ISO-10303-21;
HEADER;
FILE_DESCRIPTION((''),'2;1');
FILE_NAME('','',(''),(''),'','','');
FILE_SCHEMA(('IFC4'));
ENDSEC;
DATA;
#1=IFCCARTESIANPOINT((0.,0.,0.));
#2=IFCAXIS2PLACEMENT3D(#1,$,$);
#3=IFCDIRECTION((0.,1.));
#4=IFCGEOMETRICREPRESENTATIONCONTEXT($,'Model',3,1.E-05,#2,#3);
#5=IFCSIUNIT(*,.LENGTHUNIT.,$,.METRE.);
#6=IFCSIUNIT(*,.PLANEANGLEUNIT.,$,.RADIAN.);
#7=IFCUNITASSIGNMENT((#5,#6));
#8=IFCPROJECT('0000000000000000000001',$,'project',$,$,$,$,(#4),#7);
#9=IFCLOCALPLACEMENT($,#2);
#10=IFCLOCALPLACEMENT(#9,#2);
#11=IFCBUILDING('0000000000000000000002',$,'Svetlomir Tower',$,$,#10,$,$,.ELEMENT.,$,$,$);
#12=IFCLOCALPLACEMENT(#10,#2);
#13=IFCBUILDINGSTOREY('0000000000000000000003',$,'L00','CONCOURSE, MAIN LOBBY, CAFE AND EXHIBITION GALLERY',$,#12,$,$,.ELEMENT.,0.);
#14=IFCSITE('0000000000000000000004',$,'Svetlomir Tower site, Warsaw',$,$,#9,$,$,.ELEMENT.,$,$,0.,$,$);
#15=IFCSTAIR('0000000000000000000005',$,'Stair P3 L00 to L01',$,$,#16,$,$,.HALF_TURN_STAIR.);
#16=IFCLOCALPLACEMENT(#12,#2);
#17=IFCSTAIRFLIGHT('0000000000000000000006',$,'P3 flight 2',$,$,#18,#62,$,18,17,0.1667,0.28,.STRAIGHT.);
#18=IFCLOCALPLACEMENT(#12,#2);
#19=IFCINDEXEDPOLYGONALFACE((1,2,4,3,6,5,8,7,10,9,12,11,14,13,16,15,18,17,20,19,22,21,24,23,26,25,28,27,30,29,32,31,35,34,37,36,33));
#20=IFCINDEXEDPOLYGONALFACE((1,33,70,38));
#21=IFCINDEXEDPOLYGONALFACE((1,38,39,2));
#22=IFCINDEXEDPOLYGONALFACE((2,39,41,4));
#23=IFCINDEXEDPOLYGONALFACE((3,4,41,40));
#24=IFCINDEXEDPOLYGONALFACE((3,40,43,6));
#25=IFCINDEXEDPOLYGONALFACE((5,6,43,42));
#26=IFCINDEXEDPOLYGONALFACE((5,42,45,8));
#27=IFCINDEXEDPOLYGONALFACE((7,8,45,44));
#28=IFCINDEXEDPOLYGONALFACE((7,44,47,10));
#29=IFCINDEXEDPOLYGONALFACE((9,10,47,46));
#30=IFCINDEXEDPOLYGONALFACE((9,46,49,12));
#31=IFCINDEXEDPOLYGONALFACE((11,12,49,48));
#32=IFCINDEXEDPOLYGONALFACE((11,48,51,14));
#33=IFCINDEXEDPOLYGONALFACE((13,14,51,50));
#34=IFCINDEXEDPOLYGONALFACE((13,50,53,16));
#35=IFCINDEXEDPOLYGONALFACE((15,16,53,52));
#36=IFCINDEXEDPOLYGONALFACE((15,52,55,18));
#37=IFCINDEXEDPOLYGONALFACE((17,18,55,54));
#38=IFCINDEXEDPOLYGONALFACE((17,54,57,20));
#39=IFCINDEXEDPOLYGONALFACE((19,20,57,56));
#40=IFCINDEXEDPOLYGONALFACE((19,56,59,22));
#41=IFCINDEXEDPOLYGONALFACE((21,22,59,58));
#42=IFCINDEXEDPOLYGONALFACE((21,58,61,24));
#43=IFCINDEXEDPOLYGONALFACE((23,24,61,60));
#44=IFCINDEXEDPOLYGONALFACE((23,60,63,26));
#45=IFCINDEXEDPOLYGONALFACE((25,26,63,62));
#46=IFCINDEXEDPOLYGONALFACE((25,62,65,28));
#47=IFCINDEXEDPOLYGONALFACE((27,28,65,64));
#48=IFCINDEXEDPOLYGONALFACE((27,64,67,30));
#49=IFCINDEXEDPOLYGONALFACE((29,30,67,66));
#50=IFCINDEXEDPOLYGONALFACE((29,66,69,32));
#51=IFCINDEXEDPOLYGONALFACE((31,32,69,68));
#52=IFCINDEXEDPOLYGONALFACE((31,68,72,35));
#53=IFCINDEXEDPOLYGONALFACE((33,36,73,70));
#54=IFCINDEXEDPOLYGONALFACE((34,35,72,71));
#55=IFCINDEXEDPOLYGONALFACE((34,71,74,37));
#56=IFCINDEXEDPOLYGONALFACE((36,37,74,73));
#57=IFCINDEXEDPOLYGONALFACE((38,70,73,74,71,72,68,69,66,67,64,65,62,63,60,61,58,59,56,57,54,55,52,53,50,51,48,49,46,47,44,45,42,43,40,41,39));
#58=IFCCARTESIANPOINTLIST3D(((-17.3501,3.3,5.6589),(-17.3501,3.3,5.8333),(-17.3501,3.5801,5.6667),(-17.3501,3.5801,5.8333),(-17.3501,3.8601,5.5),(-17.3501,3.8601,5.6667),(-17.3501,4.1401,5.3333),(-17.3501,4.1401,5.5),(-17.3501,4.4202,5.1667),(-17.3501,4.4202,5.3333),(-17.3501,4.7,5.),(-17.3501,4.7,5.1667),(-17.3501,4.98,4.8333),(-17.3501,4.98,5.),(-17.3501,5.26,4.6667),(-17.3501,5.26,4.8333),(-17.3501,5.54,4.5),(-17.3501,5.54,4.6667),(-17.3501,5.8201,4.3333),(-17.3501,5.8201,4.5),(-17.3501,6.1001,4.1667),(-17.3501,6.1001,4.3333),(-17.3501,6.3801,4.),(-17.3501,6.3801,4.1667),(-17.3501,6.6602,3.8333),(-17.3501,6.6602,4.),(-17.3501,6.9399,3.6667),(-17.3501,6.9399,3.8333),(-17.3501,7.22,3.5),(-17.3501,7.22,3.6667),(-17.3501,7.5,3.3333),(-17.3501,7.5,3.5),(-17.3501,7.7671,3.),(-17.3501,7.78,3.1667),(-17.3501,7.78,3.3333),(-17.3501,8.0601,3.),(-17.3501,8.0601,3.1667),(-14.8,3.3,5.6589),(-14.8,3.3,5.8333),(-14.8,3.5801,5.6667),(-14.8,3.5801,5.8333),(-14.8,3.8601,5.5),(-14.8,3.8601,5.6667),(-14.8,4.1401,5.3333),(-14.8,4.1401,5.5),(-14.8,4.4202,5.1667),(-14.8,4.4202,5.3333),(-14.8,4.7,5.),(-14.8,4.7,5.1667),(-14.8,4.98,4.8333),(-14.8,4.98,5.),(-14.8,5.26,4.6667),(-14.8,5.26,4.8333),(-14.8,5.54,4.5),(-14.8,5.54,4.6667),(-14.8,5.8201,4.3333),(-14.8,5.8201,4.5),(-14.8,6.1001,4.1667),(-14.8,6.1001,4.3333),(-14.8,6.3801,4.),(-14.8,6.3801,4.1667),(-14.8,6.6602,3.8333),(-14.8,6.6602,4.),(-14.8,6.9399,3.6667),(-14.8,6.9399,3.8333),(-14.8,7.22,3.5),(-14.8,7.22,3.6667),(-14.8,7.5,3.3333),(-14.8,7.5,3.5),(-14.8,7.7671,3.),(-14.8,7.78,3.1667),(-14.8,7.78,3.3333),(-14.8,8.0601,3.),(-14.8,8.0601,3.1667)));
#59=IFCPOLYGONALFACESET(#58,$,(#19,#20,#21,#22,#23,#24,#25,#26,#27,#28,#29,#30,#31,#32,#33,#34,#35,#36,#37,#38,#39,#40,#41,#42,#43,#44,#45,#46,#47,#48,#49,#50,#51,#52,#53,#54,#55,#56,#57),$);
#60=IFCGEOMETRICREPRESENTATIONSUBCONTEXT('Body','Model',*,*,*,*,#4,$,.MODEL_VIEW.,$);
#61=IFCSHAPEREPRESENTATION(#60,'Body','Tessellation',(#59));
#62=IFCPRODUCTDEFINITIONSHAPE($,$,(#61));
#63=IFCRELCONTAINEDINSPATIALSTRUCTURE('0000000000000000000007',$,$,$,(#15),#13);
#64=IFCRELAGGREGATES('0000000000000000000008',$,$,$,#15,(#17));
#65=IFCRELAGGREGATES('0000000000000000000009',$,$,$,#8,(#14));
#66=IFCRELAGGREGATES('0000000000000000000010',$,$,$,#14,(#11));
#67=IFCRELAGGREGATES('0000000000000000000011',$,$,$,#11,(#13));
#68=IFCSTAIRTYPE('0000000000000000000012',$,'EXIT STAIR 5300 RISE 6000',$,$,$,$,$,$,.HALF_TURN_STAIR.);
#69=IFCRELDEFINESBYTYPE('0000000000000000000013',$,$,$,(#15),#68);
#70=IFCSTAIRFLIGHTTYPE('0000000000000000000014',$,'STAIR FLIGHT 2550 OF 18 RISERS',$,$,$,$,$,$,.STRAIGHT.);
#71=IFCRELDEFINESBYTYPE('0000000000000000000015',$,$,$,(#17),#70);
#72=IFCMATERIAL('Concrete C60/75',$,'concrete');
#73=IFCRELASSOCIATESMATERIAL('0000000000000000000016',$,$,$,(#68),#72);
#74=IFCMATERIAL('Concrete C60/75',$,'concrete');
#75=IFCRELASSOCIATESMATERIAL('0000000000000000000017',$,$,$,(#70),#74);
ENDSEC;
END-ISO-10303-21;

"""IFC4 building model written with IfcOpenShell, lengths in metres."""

from ifc_helpers import new_model, si_unit, direction, frame, origin, place, context, subcontext, project, spatial, polyline, outline, extrude, material, type_object, element, aggregate, save


model = new_model("IFC4")

# Units and contexts
model_context = context("Model", 3, precision=1e-05, world=origin(), true_north=direction((0.0, 1.0)))
body_context = subcontext(model_context, "Body", "Model", "MODEL_VIEW")
ifc_project = project(units=[si_unit("LENGTHUNIT", "METRE"), si_unit("PLANEANGLEUNIT", "RADIAN")], contexts=[model_context])

# Site, building, storey
site_placement = place(None, origin())
site = spatial("IfcSite", under=ifc_project, at=site_placement, Name="Svetlomir Tower site, Warsaw", CompositionType="ELEMENT", RefElevation=0.0)
building_placement = place(site_placement, origin())
building = spatial("IfcBuilding", under=site, at=building_placement, Name="Svetlomir Tower", CompositionType="ELEMENT")
storey_placement = place(building_placement, origin())
storey = spatial("IfcBuildingStorey", under=building, at=storey_placement, Name="L00", Description="CONCOURSE, MAIN LOBBY, CAFE AND EXHIBITION GALLERY", CompositionType="ELEMENT", Elevation=0.0)

# Stair, stair flight
ifc_material_1 = material(Name="Concrete C60/75", Category="concrete")
stair_type = type_object("IfcStairType", Name="EXIT STAIR 5300 RISE 6000", PredefinedType="HALF_TURN_STAIR", material=ifc_material_1)
stair_placement = place(storey_placement, origin())
stair = element("IfcStair", 1, at=stair_placement, inside=storey, type_object=stair_type, Name="Stair P3 L00 to L01", PredefinedType="HALF_TURN_STAIR")
ifc_material_2 = material(Name="Concrete C60/75", Category="concrete")
stair_flight_type = type_object("IfcStairFlightType", Name="STAIR FLIGHT 2550 OF 18 RISERS", PredefinedType="STRAIGHT", material=ifc_material_2)
stair_flight_placement = place(storey_placement, frame((-16.075, 8.0601, 3.0), z_axis=(0.0, 0.0, 1.0), x_axis=(0.0, -1.0, 0.0)))
stair_flight = element("IfcStairFlight", 2, at=stair_flight_placement, type_object=stair_flight_type, Name="P3 flight 2", NumberOfRisers=18, NumberOfTreads=17, PredefinedType="STRAIGHT", RiserHeight=0.1667, TreadLength=0.28, context=body_context, shape_type="SweptSolid", body=[
    extrude(outline(polyline([(0.0, 0.0), (0.0, 0.1667), (0.28, 0.1667), (0.28, 0.3333), (0.5601, 0.3333), (0.5601, 0.5), (0.8401, 0.5), (0.8401, 0.6667), (1.1201, 0.6667), (1.1201, 0.8333), (1.3999, 0.8333), (1.3999, 1.0), (1.6799, 1.0), (1.6799, 1.1667), (1.96, 1.1667), (1.96, 1.3333), (2.24, 1.3333), (2.24, 1.5), (2.52, 1.5), (2.52, 1.6667), (2.8, 1.6667), (2.8, 1.8333), (3.0801, 1.8333), (3.0801, 2.0), (3.3601, 2.0), (3.3601, 2.1667), (3.6399, 2.1667), (3.6399, 2.3333), (3.9199, 2.3333), (3.9199, 2.5), (4.2, 2.5), (4.2, 2.6667), (4.48, 2.6667), (4.48, 2.8333), (4.76, 2.8333), (4.76, 3.0), (4.76, 2.6589), (0.293, 0.0), (0.0, 0.0)])), frame((0.0, 1.2749, 0.0), z_axis=(0.0, -1.0, 0.0), x_axis=(1.0, 0.0, 0.0)), (0.0, 0.0, 1.0), 2.55),
])
aggregate(stair, [stair_flight])

save(model, "model.ifc")
